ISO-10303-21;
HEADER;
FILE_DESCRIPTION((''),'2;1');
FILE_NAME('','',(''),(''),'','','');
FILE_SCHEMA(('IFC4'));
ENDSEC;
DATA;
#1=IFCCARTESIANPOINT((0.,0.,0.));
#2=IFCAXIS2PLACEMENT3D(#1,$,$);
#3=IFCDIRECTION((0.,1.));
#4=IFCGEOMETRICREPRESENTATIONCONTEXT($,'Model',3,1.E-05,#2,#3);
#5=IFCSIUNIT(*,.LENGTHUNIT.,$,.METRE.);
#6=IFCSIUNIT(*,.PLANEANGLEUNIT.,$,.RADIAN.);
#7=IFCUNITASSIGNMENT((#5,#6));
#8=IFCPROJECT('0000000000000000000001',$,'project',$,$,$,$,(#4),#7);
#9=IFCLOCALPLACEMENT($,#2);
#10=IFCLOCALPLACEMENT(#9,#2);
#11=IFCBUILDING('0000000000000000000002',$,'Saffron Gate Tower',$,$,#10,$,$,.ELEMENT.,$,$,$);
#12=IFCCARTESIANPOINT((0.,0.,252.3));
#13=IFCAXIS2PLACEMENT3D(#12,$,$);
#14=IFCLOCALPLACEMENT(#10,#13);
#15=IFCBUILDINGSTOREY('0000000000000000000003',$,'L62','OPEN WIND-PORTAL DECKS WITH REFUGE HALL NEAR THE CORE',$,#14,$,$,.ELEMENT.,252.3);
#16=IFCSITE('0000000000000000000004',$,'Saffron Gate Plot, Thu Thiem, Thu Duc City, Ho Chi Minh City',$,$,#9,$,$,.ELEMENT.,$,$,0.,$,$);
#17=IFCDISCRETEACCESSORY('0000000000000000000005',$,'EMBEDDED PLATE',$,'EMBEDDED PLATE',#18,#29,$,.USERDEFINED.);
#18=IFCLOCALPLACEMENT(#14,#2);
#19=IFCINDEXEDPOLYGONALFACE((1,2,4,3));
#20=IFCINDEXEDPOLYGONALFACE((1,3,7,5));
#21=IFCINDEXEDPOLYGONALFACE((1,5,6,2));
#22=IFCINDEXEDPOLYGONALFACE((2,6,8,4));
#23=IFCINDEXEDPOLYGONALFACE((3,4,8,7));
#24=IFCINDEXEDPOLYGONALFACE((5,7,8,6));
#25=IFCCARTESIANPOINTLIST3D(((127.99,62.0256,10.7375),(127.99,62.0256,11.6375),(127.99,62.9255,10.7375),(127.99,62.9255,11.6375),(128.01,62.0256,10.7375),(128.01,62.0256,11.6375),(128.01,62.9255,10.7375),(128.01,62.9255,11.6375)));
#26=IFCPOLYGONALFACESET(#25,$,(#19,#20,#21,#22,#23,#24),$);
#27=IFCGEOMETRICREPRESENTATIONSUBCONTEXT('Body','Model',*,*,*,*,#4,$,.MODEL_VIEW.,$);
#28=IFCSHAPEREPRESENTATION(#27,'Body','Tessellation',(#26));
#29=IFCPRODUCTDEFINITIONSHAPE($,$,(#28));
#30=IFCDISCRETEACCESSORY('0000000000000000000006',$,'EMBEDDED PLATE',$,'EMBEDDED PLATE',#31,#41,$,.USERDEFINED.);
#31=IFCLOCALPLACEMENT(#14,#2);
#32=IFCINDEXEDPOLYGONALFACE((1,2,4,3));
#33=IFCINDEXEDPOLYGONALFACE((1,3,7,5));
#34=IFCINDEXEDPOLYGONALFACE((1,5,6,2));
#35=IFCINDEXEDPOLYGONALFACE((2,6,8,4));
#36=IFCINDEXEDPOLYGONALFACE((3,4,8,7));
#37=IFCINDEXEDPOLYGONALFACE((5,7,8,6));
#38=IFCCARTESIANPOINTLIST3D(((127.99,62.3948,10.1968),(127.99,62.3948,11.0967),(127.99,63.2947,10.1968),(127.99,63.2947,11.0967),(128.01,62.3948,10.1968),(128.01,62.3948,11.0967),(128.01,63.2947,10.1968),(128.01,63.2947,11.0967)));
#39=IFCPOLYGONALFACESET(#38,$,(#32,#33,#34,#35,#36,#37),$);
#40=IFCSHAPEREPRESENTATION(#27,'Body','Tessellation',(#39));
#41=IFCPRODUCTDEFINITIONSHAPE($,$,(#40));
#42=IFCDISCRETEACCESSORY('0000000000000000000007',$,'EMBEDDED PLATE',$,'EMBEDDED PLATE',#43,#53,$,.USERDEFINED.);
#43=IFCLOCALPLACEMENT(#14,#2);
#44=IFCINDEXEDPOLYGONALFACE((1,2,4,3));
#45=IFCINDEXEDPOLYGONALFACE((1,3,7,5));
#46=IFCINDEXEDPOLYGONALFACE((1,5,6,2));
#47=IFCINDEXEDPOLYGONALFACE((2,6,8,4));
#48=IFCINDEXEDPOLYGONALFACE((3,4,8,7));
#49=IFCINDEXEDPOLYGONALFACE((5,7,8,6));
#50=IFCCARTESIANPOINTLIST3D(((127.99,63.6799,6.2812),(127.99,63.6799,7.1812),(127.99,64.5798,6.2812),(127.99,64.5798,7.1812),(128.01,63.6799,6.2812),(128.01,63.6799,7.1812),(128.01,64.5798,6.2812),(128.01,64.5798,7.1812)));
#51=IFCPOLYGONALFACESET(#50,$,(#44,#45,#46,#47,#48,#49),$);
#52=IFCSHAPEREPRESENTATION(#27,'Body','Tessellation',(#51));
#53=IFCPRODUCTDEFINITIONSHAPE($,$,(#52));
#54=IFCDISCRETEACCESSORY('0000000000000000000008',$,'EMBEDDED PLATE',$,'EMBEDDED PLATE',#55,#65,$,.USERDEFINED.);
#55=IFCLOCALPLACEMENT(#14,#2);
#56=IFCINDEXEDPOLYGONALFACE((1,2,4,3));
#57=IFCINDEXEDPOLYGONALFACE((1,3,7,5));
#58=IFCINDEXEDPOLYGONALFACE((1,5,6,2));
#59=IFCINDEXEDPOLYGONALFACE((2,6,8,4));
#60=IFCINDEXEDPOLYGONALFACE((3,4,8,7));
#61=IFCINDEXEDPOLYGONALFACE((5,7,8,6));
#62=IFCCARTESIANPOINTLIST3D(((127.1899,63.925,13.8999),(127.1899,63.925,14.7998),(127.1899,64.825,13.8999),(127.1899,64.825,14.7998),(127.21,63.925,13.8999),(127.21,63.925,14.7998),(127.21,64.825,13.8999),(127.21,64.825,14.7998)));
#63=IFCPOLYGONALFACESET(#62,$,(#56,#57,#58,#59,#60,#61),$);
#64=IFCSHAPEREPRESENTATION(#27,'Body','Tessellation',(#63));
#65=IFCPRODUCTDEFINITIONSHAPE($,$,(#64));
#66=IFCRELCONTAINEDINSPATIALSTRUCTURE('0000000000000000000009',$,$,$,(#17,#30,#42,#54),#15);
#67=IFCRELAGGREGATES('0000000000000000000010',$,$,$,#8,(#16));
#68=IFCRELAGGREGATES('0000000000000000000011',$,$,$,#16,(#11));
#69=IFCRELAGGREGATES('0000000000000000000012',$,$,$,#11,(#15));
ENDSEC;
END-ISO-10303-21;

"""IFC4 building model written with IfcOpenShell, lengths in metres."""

from ifc_helpers import new_model, si_unit, direction, frame, origin, origin_2d, place, context, subcontext, project, spatial, rectangle, extrude, element, save


model = new_model("IFC4")

# Units and contexts
model_context = context("Model", 3, precision=1e-05, world=origin(), true_north=direction((0.0, 1.0)))
body_context = subcontext(model_context, "Body", "Model", "MODEL_VIEW")
ifc_project = project(units=[si_unit("LENGTHUNIT", "METRE"), si_unit("PLANEANGLEUNIT", "RADIAN")], contexts=[model_context])

# Site, building, storey
site_placement = place(None, origin())
site = spatial("IfcSite", under=ifc_project, at=site_placement, Name="Saffron Gate Plot, Thu Thiem, Thu Duc City, Ho Chi Minh City", CompositionType="ELEMENT", RefElevation=0.0)
building_placement = place(site_placement, origin())
building = spatial("IfcBuilding", under=site, at=building_placement, Name="Saffron Gate Tower", CompositionType="ELEMENT")
storey_placement = place(building_placement, frame((0.0, 0.0, 252.3)))
storey = spatial("IfcBuildingStorey", under=building, at=storey_placement, Name="L62", Description="OPEN WIND-PORTAL DECKS WITH REFUGE HALL NEAR THE CORE", CompositionType="ELEMENT", Elevation=252.3)

# Discrete accessories
for number, where, z_axis, x_axis, name in (
    (1, (128.0, 62.4756, 10.7375), (0.0, 0.0, 1.0), (0.0, 1.0, 0.0), "EMBEDDED PLATE"),
    (2, (128.0, 62.8447, 10.1968), (0.0, 0.0, 1.0), (0.0, 1.0, 0.0), "EMBEDDED PLATE"),
    (3, (128.0, 64.1299, 6.2812), (0.0, 0.0, 1.0), (0.0, 1.0, 0.0), "EMBEDDED PLATE"),
    (4, (127.2, 64.375, 13.8999), (0.0, 0.0, 1.0), (0.0, 1.0, 0.0), "EMBEDDED PLATE"),
):
    element("IfcDiscreteAccessory", number, at=place(storey_placement, frame(where, z_axis=z_axis, x_axis=x_axis)), inside=storey, Name=name, ObjectType="EMBEDDED PLATE", PredefinedType="USERDEFINED", context=body_context, shape_type="SweptSolid", body=[
        extrude(rectangle(XDim=0.8999, YDim=0.02, at=origin_2d()), origin(), (0.0, 0.0, 1.0), 0.8999),
    ])

save(model, "model.ifc")
